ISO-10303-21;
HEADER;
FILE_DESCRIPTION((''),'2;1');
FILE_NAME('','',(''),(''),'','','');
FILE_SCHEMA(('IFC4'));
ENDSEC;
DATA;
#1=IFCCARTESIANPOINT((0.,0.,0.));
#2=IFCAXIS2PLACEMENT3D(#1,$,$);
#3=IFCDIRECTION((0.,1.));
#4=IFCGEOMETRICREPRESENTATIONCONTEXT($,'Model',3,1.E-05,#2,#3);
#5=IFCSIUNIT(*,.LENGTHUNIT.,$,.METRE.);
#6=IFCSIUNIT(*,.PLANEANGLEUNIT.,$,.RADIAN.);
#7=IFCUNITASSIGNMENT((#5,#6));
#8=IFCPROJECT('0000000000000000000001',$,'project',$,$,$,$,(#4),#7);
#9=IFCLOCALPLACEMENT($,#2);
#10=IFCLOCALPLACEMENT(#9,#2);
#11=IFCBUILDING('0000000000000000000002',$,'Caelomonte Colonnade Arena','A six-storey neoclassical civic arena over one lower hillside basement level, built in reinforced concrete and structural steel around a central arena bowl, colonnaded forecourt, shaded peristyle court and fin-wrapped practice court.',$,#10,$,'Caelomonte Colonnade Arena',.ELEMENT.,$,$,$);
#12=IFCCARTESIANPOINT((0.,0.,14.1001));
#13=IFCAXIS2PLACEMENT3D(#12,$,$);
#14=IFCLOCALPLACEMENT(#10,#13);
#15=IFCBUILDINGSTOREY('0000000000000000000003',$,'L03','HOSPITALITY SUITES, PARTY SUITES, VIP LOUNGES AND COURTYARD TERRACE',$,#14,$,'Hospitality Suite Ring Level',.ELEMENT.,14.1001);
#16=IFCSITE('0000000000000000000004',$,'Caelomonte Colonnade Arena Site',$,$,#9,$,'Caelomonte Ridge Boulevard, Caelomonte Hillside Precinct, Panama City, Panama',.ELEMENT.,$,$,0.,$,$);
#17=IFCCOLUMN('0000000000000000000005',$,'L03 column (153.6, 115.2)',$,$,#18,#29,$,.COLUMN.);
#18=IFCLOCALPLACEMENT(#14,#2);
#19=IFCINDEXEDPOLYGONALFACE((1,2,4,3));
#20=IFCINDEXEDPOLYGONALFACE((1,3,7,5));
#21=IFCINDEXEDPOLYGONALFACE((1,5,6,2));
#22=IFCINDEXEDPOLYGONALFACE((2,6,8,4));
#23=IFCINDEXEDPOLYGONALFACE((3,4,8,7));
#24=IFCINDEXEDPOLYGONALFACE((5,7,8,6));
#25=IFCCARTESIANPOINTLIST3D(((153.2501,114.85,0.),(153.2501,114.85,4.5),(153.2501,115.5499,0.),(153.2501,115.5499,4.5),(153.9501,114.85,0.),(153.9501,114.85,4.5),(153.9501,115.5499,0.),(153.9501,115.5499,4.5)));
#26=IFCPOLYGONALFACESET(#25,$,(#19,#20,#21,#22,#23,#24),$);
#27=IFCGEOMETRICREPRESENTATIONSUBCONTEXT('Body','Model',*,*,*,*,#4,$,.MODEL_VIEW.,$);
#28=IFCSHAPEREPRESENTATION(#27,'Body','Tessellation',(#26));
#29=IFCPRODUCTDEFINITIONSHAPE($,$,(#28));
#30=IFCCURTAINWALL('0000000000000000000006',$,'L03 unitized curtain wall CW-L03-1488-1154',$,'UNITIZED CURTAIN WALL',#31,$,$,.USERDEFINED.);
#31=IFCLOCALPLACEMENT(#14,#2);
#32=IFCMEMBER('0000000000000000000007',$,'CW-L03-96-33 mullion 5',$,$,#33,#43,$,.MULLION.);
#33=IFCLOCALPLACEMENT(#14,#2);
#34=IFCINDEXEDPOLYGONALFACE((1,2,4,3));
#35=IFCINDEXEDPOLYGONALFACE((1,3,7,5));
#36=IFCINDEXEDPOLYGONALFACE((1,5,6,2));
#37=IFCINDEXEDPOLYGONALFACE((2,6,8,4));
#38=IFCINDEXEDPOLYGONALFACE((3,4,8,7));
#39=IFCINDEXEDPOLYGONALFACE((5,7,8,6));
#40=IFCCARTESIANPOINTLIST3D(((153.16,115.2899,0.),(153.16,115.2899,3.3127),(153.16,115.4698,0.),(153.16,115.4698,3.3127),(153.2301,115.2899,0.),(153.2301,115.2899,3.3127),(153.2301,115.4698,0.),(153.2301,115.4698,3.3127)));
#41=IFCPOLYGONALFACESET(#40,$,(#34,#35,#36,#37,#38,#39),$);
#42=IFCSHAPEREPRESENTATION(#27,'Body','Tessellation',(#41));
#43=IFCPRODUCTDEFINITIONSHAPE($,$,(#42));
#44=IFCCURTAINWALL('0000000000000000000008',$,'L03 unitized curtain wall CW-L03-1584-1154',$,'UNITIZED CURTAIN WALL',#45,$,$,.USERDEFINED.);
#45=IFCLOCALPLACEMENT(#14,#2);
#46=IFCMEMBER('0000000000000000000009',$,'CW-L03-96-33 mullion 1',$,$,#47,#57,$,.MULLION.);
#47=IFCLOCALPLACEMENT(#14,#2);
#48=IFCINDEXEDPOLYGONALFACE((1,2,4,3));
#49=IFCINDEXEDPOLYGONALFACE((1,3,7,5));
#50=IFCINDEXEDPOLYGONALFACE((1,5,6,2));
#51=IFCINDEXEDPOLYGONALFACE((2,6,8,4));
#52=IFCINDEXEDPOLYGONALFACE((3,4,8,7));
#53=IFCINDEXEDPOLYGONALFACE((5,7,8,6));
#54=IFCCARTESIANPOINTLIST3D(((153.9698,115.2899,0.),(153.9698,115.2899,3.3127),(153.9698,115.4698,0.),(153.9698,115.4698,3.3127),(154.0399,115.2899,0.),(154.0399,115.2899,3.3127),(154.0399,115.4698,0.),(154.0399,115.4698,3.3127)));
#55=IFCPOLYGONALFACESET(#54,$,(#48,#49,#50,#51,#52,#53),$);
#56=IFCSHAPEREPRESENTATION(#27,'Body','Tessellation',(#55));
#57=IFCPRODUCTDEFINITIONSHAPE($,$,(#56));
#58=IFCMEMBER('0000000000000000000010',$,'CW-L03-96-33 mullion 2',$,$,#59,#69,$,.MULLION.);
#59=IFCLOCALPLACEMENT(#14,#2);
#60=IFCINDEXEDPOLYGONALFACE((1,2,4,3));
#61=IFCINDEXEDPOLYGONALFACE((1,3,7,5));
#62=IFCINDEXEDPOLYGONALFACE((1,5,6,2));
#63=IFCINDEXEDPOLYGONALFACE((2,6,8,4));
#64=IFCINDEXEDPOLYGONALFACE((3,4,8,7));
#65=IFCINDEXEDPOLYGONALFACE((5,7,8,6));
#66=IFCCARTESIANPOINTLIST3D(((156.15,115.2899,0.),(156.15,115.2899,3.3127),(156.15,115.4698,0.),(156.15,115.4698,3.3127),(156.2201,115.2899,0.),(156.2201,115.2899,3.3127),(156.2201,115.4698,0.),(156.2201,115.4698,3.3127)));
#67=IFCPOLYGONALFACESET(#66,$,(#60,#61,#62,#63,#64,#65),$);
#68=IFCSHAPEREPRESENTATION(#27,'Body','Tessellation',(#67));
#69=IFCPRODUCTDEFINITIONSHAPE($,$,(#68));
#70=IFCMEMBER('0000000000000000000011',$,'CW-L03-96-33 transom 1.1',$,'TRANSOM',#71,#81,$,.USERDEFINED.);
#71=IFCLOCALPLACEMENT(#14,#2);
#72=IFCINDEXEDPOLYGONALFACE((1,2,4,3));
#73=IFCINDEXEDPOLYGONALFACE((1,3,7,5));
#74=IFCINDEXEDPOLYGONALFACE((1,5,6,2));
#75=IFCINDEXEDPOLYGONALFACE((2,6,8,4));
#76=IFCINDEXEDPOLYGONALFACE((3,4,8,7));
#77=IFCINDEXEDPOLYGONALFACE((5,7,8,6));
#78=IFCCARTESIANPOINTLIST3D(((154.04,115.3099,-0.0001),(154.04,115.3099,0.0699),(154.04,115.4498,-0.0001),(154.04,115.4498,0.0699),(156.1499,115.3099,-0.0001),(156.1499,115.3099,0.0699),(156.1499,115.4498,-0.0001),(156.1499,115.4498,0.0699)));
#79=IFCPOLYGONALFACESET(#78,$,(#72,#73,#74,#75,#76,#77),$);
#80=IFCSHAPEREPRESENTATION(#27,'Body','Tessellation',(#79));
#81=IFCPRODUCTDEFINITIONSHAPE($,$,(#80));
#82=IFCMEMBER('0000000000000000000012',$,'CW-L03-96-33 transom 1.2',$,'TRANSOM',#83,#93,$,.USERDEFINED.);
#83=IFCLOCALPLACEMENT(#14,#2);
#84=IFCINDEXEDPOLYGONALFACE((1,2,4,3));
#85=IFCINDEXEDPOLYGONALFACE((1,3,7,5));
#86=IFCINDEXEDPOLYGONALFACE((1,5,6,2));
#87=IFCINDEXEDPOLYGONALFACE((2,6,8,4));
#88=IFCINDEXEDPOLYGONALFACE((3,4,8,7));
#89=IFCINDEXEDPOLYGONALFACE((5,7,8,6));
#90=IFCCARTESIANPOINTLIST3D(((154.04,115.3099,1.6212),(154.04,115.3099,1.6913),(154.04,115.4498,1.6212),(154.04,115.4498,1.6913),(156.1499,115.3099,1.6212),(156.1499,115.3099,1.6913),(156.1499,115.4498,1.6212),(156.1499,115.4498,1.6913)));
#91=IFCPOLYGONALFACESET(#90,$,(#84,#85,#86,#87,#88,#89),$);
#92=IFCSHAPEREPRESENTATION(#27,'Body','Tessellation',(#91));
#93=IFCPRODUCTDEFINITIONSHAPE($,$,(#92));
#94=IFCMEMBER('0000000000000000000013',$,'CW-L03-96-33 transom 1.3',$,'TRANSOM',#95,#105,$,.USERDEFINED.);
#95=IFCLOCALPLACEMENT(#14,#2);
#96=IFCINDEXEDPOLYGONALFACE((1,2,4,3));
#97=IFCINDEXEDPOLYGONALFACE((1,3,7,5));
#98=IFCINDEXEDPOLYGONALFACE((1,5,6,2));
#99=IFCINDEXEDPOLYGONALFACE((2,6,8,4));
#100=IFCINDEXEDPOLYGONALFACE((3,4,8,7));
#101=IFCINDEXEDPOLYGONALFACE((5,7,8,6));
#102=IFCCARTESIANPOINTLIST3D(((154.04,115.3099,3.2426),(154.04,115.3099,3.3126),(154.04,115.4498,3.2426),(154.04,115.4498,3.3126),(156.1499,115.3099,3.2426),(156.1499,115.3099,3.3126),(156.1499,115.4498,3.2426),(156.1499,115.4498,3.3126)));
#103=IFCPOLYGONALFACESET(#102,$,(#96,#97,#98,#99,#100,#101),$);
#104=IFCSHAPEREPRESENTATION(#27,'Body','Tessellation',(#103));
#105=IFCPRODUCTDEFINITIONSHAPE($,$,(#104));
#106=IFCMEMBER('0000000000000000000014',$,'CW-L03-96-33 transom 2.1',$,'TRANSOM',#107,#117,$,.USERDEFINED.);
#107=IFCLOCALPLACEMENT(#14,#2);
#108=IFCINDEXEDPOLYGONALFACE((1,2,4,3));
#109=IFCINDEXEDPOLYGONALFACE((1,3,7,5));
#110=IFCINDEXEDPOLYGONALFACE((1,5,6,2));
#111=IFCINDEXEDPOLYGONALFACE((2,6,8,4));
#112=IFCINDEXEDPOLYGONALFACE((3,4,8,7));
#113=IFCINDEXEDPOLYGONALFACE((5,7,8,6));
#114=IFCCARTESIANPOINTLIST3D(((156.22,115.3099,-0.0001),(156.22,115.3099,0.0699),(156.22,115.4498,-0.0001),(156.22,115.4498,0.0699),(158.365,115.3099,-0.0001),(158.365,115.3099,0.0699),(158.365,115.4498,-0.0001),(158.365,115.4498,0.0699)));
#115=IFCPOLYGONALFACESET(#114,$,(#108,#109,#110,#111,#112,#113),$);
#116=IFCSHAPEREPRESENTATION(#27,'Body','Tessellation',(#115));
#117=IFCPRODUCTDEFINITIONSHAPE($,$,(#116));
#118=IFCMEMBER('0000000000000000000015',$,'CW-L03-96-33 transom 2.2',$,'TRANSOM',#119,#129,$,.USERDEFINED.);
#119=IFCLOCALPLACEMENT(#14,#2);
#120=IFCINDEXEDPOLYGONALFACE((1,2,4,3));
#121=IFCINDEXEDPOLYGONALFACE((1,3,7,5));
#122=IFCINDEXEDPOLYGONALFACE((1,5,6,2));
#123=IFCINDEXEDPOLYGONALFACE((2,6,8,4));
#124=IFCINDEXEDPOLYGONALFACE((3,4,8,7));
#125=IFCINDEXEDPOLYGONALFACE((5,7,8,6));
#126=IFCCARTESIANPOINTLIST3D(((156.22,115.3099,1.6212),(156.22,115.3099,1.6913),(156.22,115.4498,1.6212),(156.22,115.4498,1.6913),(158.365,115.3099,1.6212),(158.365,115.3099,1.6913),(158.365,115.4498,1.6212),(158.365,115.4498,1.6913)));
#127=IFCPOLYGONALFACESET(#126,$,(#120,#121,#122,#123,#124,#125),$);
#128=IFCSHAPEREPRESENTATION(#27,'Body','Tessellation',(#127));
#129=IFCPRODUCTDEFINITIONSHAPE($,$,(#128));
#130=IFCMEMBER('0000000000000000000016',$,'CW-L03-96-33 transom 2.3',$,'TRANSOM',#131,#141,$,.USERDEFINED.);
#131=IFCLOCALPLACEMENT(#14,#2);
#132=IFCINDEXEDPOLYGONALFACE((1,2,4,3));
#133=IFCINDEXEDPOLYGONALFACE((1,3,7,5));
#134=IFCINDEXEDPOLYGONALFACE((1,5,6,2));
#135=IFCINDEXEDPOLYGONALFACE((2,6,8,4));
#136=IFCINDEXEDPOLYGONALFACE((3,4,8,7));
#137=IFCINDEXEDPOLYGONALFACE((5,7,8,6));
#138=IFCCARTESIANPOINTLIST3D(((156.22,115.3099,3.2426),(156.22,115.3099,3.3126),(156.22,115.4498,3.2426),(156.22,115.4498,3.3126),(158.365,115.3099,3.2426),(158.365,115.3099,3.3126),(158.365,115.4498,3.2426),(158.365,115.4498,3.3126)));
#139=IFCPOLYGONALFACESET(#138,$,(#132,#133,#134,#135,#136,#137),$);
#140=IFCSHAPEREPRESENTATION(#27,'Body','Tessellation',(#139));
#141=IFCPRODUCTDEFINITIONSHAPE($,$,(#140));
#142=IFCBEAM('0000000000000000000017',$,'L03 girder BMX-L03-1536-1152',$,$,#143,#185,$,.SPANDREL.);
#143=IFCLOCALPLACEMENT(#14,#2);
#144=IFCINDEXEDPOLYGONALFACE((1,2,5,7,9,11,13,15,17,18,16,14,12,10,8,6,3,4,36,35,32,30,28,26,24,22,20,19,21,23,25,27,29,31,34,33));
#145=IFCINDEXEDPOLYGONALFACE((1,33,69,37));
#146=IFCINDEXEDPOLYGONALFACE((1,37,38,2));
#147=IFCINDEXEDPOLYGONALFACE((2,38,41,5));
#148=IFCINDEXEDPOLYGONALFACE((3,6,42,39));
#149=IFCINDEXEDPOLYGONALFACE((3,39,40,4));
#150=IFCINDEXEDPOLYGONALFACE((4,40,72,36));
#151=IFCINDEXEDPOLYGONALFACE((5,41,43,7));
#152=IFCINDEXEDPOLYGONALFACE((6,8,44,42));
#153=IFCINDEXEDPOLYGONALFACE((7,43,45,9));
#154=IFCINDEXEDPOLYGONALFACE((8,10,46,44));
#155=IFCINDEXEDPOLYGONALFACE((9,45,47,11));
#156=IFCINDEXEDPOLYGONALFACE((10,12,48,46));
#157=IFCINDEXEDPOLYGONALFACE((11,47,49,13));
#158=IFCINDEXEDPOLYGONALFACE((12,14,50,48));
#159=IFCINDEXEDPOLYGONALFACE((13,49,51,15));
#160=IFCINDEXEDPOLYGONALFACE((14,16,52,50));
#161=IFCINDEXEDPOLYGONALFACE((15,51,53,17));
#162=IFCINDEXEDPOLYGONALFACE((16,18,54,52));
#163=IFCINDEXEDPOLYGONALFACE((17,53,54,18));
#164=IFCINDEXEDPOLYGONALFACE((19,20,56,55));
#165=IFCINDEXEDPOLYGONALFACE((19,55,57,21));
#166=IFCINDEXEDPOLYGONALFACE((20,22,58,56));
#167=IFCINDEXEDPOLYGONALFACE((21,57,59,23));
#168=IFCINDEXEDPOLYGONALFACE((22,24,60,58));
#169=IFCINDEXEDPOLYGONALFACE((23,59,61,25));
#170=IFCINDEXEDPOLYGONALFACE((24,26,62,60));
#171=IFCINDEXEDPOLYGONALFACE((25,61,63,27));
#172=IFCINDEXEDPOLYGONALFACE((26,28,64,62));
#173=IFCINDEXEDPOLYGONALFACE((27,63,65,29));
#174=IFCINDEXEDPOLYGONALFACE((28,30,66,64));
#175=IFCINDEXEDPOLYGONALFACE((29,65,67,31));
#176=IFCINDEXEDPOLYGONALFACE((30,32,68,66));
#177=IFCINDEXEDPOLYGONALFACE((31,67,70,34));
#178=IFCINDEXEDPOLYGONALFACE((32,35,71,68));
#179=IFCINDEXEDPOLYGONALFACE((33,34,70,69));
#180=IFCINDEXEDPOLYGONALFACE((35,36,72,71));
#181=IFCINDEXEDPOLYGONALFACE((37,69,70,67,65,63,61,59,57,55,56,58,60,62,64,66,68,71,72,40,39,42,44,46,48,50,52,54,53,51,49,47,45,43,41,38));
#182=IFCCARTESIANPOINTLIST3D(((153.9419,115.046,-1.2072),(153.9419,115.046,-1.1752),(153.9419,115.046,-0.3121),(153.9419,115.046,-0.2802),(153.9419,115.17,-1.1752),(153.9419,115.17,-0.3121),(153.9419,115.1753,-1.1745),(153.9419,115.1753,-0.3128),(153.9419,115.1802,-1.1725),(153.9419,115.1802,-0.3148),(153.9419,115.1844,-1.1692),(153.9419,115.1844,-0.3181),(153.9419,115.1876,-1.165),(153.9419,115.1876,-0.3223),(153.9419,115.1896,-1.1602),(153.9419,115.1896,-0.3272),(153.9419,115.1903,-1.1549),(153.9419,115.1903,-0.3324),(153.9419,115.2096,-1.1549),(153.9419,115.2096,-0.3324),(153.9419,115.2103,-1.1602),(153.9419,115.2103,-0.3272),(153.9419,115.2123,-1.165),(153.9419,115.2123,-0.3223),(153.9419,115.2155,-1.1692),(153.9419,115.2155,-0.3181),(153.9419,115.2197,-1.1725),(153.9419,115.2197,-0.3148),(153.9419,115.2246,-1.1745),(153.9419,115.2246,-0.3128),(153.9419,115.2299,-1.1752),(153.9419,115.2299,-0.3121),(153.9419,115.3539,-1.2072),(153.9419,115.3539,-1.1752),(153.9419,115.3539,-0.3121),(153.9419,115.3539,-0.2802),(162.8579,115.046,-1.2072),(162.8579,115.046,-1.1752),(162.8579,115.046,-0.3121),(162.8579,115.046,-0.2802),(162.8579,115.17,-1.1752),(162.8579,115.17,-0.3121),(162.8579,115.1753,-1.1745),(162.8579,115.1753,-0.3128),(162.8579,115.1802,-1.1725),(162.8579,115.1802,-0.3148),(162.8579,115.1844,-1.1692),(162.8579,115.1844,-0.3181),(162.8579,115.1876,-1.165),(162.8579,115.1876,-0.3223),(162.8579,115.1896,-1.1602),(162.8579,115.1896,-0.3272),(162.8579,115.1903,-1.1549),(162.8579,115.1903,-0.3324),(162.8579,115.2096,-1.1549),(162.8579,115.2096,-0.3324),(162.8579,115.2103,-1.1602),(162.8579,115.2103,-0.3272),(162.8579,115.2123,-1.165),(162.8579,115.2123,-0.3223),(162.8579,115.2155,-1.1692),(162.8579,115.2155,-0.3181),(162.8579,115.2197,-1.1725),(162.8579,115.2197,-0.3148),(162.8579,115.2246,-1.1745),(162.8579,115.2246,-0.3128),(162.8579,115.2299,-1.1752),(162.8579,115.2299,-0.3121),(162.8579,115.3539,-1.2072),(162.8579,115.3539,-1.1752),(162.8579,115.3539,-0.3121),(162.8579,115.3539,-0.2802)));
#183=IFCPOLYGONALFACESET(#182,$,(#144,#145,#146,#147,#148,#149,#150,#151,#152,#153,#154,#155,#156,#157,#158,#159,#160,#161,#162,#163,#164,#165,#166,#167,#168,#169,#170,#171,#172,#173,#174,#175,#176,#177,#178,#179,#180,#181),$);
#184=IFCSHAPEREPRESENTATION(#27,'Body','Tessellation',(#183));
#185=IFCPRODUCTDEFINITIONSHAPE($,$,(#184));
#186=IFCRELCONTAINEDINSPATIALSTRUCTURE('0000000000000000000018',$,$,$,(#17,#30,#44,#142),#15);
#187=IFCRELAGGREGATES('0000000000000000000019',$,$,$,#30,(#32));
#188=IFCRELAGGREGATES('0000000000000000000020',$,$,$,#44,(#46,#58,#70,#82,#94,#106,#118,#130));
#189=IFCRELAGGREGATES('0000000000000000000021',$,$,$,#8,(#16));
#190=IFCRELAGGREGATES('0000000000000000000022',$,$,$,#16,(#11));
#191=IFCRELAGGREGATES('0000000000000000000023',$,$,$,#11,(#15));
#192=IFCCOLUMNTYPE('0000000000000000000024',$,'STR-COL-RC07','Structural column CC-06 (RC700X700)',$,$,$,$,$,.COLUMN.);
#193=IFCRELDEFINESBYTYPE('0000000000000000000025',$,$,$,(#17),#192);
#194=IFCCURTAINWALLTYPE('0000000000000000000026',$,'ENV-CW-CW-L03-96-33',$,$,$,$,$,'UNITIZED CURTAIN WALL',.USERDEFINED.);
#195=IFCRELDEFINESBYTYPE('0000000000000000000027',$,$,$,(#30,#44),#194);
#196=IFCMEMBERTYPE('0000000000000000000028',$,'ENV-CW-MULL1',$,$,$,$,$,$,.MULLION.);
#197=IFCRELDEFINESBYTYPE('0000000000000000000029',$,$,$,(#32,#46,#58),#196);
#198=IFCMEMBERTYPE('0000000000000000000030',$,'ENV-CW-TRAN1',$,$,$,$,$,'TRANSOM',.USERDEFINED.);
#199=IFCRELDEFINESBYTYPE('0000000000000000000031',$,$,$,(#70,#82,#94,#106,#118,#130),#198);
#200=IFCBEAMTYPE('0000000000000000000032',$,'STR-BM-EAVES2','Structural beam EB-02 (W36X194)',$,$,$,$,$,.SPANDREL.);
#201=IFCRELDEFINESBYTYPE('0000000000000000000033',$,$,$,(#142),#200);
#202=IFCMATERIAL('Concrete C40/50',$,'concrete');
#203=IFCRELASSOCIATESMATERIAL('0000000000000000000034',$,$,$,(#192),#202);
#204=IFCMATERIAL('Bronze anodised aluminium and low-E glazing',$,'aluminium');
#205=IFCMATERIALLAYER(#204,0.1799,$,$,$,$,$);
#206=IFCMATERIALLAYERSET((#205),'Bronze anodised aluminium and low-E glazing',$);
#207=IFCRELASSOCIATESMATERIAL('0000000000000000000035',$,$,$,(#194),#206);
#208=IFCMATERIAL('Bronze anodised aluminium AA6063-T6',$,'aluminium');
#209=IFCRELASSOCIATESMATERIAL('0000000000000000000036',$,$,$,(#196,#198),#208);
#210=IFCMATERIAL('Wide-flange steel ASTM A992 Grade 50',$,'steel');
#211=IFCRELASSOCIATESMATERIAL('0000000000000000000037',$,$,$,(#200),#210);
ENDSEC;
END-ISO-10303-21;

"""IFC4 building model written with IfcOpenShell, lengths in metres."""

from ifc_helpers import new_model, si_unit, direction, frame, origin, origin_2d, place, context, subcontext, project, spatial, rectangle, i_section, extrude, material, layer, layer_set, material_profile, profile_set, type_object, element, aggregate, save


model = new_model("IFC4")

# Units and contexts
model_context = context("Model", 3, precision=1e-05, world=origin(), true_north=direction((0.0, 1.0)))
body_context = subcontext(model_context, "Body", "Model", "MODEL_VIEW")
ifc_project = project(units=[si_unit("LENGTHUNIT", "METRE"), si_unit("PLANEANGLEUNIT", "RADIAN")], contexts=[model_context])

# Site, building, storey
site_placement = place(None, origin())
site = spatial("IfcSite", under=ifc_project, at=site_placement, Name="Caelomonte Colonnade Arena Site", LongName="Caelomonte Ridge Boulevard, Caelomonte Hillside Precinct, Panama City, Panama", CompositionType="ELEMENT", RefElevation=0.0)
building_placement = place(site_placement, origin())
building = spatial("IfcBuilding", under=site, at=building_placement, Name="Caelomonte Colonnade Arena", Description="A six-storey neoclassical civic arena over one lower hillside basement level, built in reinforced concrete and structural steel around a central arena bowl, colonnaded forecourt, shaded peristyle court and fin-wrapped practice court.", LongName="Caelomonte Colonnade Arena", CompositionType="ELEMENT")
storey_placement = place(building_placement, frame((0.0, 0.0, 14.1001)))
storey = spatial("IfcBuildingStorey", under=building, at=storey_placement, Name="L03", Description="HOSPITALITY SUITES, PARTY SUITES, VIP LOUNGES AND COURTYARD TERRACE", LongName="Hospitality Suite Ring Level", CompositionType="ELEMENT", Elevation=14.1001)

# Column
ifc_material_1 = material(Name="Concrete C40/50", Category="concrete")
ifc_material_profile_1 = material_profile(ifc_material_1, rectangle(XDim=0.7, YDim=0.7, at=origin_2d()), Name="RC700X700")
ifc_profile_set_1 = profile_set([ifc_material_profile_1], Name="Concrete C40/50")
column_type = type_object("IfcColumnType", Name="STR-COL-RC07", Description="Structural column CC-06 (RC700X700)", PredefinedType="COLUMN", material=ifc_profile_set_1)
column_placement = place(storey_placement, frame((153.6001, 115.2, 0.0), z_axis=(0.0, 0.0, 1.0), x_axis=(1.0, 0.0, 0.0)))
element("IfcColumn", 1, at=column_placement, inside=storey, type_object=column_type, Name="L03 column (153.6, 115.2)", PredefinedType="COLUMN", context=body_context, shape_type="SweptSolid", body=[
    extrude(rectangle(XDim=0.7, YDim=0.7, at=origin_2d()), origin(), (0.0, 0.0, 1.0), 4.5),
])

# Curtain wall, member
ifc_material_2 = material(Name="Bronze anodised aluminium and low-E glazing", Category="aluminium")
ifc_layer_1 = layer(ifc_material_2, 0.1799)
ifc_layer_set_1 = layer_set([ifc_layer_1], Name="Bronze anodised aluminium and low-E glazing")
curtain_wall_type = type_object("IfcCurtainWallType", Name="ENV-CW-CW-L03-96-33", ElementType="UNITIZED CURTAIN WALL", PredefinedType="USERDEFINED", material=ifc_layer_set_1)
curtain_wall_1_placement = place(storey_placement, origin())
curtain_wall_1 = element("IfcCurtainWall", 2, at=curtain_wall_1_placement, inside=storey, type_object=curtain_wall_type, Name="L03 unitized curtain wall CW-L03-1488-1154", ObjectType="UNITIZED CURTAIN WALL", PredefinedType="USERDEFINED")
ifc_material_3 = material(Name="Bronze anodised aluminium AA6063-T6", Category="aluminium")
ifc_material_profile_2 = material_profile(ifc_material_3, rectangle(XDim=0.0701, YDim=0.1799, at=origin_2d()), Name="CWM-70X180")
ifc_profile_set_2 = profile_set([ifc_material_profile_2], Name="Bronze anodised aluminium AA6063-T6")
member_type_1 = type_object("IfcMemberType", Name="ENV-CW-MULL1", PredefinedType="MULLION", material=ifc_profile_set_2)
member_1_placement = place(storey_placement, frame((153.1951, 115.3799, 0.0), z_axis=(0.0, 0.0, 1.0), x_axis=(1.0, 0.0, 0.0)))
member_1 = element("IfcMember", 3, at=member_1_placement, type_object=member_type_1, Name="CW-L03-96-33 mullion 5", PredefinedType="MULLION", context=body_context, shape_type="SweptSolid", body=[
    extrude(rectangle(XDim=0.0701, YDim=0.1799, at=origin_2d()), origin(), (0.0, 0.0, 1.0), 3.3127),
])

# Curtain wall, members
curtain_wall_2_placement = place(storey_placement, origin())
curtain_wall_2 = element("IfcCurtainWall", 4, at=curtain_wall_2_placement, inside=storey, type_object=curtain_wall_type, Name="L03 unitized curtain wall CW-L03-1584-1154", ObjectType="UNITIZED CURTAIN WALL", PredefinedType="USERDEFINED")
member_2_placement = place(storey_placement, frame((154.0049, 115.3799, 0.0), z_axis=(0.0, 0.0, 1.0), x_axis=(1.0, 0.0, 0.0)))
member_2 = element("IfcMember", 5, at=member_2_placement, type_object=member_type_1, Name="CW-L03-96-33 mullion 1", PredefinedType="MULLION", context=body_context, shape_type="SweptSolid", body=[
    extrude(rectangle(XDim=0.0701, YDim=0.1799, at=origin_2d()), origin(), (0.0, 0.0, 1.0), 3.3127),
])
member_3_placement = place(storey_placement, frame((156.1851, 115.3799, 0.0), z_axis=(0.0, 0.0, 1.0), x_axis=(1.0, 0.0, 0.0)))
member_3 = element("IfcMember", 6, at=member_3_placement, type_object=member_type_1, Name="CW-L03-96-33 mullion 2", PredefinedType="MULLION", context=body_context, shape_type="SweptSolid", body=[
    extrude(rectangle(XDim=0.0701, YDim=0.1799, at=origin_2d()), origin(), (0.0, 0.0, 1.0), 3.3127),
])
ifc_material_profile_3 = material_profile(ifc_material_3, rectangle(XDim=0.0701, YDim=0.1399, at=origin_2d()), Name="CWT-70X140")
ifc_profile_set_3 = profile_set([ifc_material_profile_3], Name="Bronze anodised aluminium AA6063-T6")
member_type_2 = type_object("IfcMemberType", Name="ENV-CW-TRAN1", ElementType="TRANSOM", PredefinedType="USERDEFINED", material=ifc_profile_set_3)
member_4_placement = place(storey_placement, frame((154.04, 115.3799, 0.0349), z_axis=(1.0, 0.0, 0.0), x_axis=(0.0, 0.0, 1.0)))
member_4 = element("IfcMember", 7, at=member_4_placement, type_object=member_type_2, Name="CW-L03-96-33 transom 1.1", ObjectType="TRANSOM", PredefinedType="USERDEFINED", context=body_context, shape_type="SweptSolid", body=[
    extrude(rectangle(XDim=0.0701, YDim=0.1399, at=origin_2d()), origin(), (0.0, 0.0, 1.0), 2.1099),
])
member_5_placement = place(storey_placement, frame((154.04, 115.3799, 1.6562), z_axis=(1.0, 0.0, 0.0), x_axis=(0.0, 0.0, 1.0)))
member_5 = element("IfcMember", 8, at=member_5_placement, type_object=member_type_2, Name="CW-L03-96-33 transom 1.2", ObjectType="TRANSOM", PredefinedType="USERDEFINED", context=body_context, shape_type="SweptSolid", body=[
    extrude(rectangle(XDim=0.0701, YDim=0.1399, at=origin_2d()), origin(), (0.0, 0.0, 1.0), 2.1099),
])
member_6_placement = place(storey_placement, frame((154.04, 115.3799, 3.2776), z_axis=(1.0, 0.0, 0.0), x_axis=(0.0, 0.0, 1.0)))
member_6 = element("IfcMember", 9, at=member_6_placement, type_object=member_type_2, Name="CW-L03-96-33 transom 1.3", ObjectType="TRANSOM", PredefinedType="USERDEFINED", context=body_context, shape_type="SweptSolid", body=[
    extrude(rectangle(XDim=0.0701, YDim=0.1399, at=origin_2d()), origin(), (0.0, 0.0, 1.0), 2.1099),
])
member_7_placement = place(storey_placement, frame((156.22, 115.3799, 0.0349), z_axis=(1.0, 0.0, 0.0), x_axis=(0.0, 0.0, 1.0)))
member_7 = element("IfcMember", 10, at=member_7_placement, type_object=member_type_2, Name="CW-L03-96-33 transom 2.1", ObjectType="TRANSOM", PredefinedType="USERDEFINED", context=body_context, shape_type="SweptSolid", body=[
    extrude(rectangle(XDim=0.0701, YDim=0.1399, at=origin_2d()), origin(), (0.0, 0.0, 1.0), 2.145),
])
member_8_placement = place(storey_placement, frame((156.22, 115.3799, 1.6562), z_axis=(1.0, 0.0, 0.0), x_axis=(0.0, 0.0, 1.0)))
member_8 = element("IfcMember", 11, at=member_8_placement, type_object=member_type_2, Name="CW-L03-96-33 transom 2.2", ObjectType="TRANSOM", PredefinedType="USERDEFINED", context=body_context, shape_type="SweptSolid", body=[
    extrude(rectangle(XDim=0.0701, YDim=0.1399, at=origin_2d()), origin(), (0.0, 0.0, 1.0), 2.145),
])
member_9_placement = place(storey_placement, frame((156.22, 115.3799, 3.2776), z_axis=(1.0, 0.0, 0.0), x_axis=(0.0, 0.0, 1.0)))
member_9 = element("IfcMember", 12, at=member_9_placement, type_object=member_type_2, Name="CW-L03-96-33 transom 2.3", ObjectType="TRANSOM", PredefinedType="USERDEFINED", context=body_context, shape_type="SweptSolid", body=[
    extrude(rectangle(XDim=0.0701, YDim=0.1399, at=origin_2d()), origin(), (0.0, 0.0, 1.0), 2.145),
])

# Beam
ifc_material_4 = material(Name="Wide-flange steel ASTM A992 Grade 50", Category="steel")
ifc_material_profile_4 = material_profile(ifc_material_4, i_section(OverallWidth=0.3079, OverallDepth=0.927, WebThickness=0.0193, FlangeThickness=0.032, FilletRadius=0.0203, at=origin_2d()), Name="W36X194")
ifc_profile_set_4 = profile_set([ifc_material_profile_4], Name="Wide-flange steel ASTM A992 Grade 50")
beam_type_1 = type_object("IfcBeamType", Name="STR-BM-EAVES2", Description="Structural beam EB-02 (W36X194)", PredefinedType="SPANDREL", material=ifc_profile_set_4)
beam_1_placement = place(storey_placement, frame((153.9419, 115.2, -0.7437), z_axis=(1.0, 0.0, 0.0), x_axis=(0.0, 1.0, 0.0)))
element("IfcBeam", 13, at=beam_1_placement, inside=storey, type_object=beam_type_1, Name="L03 girder BMX-L03-1536-1152", PredefinedType="SPANDREL", context=body_context, shape_type="SweptSolid", body=[
    extrude(i_section(OverallWidth=0.3079, OverallDepth=0.927, WebThickness=0.0193, FlangeThickness=0.032, FilletRadius=0.0203, at=origin_2d()), origin(), (0.0, 0.0, 1.0), 8.916),
])

aggregate(curtain_wall_1, [member_1])
aggregate(curtain_wall_2, [member_2, member_3, member_4, member_5, member_6, member_7, member_8, member_9])

save(model, "model.ifc")
